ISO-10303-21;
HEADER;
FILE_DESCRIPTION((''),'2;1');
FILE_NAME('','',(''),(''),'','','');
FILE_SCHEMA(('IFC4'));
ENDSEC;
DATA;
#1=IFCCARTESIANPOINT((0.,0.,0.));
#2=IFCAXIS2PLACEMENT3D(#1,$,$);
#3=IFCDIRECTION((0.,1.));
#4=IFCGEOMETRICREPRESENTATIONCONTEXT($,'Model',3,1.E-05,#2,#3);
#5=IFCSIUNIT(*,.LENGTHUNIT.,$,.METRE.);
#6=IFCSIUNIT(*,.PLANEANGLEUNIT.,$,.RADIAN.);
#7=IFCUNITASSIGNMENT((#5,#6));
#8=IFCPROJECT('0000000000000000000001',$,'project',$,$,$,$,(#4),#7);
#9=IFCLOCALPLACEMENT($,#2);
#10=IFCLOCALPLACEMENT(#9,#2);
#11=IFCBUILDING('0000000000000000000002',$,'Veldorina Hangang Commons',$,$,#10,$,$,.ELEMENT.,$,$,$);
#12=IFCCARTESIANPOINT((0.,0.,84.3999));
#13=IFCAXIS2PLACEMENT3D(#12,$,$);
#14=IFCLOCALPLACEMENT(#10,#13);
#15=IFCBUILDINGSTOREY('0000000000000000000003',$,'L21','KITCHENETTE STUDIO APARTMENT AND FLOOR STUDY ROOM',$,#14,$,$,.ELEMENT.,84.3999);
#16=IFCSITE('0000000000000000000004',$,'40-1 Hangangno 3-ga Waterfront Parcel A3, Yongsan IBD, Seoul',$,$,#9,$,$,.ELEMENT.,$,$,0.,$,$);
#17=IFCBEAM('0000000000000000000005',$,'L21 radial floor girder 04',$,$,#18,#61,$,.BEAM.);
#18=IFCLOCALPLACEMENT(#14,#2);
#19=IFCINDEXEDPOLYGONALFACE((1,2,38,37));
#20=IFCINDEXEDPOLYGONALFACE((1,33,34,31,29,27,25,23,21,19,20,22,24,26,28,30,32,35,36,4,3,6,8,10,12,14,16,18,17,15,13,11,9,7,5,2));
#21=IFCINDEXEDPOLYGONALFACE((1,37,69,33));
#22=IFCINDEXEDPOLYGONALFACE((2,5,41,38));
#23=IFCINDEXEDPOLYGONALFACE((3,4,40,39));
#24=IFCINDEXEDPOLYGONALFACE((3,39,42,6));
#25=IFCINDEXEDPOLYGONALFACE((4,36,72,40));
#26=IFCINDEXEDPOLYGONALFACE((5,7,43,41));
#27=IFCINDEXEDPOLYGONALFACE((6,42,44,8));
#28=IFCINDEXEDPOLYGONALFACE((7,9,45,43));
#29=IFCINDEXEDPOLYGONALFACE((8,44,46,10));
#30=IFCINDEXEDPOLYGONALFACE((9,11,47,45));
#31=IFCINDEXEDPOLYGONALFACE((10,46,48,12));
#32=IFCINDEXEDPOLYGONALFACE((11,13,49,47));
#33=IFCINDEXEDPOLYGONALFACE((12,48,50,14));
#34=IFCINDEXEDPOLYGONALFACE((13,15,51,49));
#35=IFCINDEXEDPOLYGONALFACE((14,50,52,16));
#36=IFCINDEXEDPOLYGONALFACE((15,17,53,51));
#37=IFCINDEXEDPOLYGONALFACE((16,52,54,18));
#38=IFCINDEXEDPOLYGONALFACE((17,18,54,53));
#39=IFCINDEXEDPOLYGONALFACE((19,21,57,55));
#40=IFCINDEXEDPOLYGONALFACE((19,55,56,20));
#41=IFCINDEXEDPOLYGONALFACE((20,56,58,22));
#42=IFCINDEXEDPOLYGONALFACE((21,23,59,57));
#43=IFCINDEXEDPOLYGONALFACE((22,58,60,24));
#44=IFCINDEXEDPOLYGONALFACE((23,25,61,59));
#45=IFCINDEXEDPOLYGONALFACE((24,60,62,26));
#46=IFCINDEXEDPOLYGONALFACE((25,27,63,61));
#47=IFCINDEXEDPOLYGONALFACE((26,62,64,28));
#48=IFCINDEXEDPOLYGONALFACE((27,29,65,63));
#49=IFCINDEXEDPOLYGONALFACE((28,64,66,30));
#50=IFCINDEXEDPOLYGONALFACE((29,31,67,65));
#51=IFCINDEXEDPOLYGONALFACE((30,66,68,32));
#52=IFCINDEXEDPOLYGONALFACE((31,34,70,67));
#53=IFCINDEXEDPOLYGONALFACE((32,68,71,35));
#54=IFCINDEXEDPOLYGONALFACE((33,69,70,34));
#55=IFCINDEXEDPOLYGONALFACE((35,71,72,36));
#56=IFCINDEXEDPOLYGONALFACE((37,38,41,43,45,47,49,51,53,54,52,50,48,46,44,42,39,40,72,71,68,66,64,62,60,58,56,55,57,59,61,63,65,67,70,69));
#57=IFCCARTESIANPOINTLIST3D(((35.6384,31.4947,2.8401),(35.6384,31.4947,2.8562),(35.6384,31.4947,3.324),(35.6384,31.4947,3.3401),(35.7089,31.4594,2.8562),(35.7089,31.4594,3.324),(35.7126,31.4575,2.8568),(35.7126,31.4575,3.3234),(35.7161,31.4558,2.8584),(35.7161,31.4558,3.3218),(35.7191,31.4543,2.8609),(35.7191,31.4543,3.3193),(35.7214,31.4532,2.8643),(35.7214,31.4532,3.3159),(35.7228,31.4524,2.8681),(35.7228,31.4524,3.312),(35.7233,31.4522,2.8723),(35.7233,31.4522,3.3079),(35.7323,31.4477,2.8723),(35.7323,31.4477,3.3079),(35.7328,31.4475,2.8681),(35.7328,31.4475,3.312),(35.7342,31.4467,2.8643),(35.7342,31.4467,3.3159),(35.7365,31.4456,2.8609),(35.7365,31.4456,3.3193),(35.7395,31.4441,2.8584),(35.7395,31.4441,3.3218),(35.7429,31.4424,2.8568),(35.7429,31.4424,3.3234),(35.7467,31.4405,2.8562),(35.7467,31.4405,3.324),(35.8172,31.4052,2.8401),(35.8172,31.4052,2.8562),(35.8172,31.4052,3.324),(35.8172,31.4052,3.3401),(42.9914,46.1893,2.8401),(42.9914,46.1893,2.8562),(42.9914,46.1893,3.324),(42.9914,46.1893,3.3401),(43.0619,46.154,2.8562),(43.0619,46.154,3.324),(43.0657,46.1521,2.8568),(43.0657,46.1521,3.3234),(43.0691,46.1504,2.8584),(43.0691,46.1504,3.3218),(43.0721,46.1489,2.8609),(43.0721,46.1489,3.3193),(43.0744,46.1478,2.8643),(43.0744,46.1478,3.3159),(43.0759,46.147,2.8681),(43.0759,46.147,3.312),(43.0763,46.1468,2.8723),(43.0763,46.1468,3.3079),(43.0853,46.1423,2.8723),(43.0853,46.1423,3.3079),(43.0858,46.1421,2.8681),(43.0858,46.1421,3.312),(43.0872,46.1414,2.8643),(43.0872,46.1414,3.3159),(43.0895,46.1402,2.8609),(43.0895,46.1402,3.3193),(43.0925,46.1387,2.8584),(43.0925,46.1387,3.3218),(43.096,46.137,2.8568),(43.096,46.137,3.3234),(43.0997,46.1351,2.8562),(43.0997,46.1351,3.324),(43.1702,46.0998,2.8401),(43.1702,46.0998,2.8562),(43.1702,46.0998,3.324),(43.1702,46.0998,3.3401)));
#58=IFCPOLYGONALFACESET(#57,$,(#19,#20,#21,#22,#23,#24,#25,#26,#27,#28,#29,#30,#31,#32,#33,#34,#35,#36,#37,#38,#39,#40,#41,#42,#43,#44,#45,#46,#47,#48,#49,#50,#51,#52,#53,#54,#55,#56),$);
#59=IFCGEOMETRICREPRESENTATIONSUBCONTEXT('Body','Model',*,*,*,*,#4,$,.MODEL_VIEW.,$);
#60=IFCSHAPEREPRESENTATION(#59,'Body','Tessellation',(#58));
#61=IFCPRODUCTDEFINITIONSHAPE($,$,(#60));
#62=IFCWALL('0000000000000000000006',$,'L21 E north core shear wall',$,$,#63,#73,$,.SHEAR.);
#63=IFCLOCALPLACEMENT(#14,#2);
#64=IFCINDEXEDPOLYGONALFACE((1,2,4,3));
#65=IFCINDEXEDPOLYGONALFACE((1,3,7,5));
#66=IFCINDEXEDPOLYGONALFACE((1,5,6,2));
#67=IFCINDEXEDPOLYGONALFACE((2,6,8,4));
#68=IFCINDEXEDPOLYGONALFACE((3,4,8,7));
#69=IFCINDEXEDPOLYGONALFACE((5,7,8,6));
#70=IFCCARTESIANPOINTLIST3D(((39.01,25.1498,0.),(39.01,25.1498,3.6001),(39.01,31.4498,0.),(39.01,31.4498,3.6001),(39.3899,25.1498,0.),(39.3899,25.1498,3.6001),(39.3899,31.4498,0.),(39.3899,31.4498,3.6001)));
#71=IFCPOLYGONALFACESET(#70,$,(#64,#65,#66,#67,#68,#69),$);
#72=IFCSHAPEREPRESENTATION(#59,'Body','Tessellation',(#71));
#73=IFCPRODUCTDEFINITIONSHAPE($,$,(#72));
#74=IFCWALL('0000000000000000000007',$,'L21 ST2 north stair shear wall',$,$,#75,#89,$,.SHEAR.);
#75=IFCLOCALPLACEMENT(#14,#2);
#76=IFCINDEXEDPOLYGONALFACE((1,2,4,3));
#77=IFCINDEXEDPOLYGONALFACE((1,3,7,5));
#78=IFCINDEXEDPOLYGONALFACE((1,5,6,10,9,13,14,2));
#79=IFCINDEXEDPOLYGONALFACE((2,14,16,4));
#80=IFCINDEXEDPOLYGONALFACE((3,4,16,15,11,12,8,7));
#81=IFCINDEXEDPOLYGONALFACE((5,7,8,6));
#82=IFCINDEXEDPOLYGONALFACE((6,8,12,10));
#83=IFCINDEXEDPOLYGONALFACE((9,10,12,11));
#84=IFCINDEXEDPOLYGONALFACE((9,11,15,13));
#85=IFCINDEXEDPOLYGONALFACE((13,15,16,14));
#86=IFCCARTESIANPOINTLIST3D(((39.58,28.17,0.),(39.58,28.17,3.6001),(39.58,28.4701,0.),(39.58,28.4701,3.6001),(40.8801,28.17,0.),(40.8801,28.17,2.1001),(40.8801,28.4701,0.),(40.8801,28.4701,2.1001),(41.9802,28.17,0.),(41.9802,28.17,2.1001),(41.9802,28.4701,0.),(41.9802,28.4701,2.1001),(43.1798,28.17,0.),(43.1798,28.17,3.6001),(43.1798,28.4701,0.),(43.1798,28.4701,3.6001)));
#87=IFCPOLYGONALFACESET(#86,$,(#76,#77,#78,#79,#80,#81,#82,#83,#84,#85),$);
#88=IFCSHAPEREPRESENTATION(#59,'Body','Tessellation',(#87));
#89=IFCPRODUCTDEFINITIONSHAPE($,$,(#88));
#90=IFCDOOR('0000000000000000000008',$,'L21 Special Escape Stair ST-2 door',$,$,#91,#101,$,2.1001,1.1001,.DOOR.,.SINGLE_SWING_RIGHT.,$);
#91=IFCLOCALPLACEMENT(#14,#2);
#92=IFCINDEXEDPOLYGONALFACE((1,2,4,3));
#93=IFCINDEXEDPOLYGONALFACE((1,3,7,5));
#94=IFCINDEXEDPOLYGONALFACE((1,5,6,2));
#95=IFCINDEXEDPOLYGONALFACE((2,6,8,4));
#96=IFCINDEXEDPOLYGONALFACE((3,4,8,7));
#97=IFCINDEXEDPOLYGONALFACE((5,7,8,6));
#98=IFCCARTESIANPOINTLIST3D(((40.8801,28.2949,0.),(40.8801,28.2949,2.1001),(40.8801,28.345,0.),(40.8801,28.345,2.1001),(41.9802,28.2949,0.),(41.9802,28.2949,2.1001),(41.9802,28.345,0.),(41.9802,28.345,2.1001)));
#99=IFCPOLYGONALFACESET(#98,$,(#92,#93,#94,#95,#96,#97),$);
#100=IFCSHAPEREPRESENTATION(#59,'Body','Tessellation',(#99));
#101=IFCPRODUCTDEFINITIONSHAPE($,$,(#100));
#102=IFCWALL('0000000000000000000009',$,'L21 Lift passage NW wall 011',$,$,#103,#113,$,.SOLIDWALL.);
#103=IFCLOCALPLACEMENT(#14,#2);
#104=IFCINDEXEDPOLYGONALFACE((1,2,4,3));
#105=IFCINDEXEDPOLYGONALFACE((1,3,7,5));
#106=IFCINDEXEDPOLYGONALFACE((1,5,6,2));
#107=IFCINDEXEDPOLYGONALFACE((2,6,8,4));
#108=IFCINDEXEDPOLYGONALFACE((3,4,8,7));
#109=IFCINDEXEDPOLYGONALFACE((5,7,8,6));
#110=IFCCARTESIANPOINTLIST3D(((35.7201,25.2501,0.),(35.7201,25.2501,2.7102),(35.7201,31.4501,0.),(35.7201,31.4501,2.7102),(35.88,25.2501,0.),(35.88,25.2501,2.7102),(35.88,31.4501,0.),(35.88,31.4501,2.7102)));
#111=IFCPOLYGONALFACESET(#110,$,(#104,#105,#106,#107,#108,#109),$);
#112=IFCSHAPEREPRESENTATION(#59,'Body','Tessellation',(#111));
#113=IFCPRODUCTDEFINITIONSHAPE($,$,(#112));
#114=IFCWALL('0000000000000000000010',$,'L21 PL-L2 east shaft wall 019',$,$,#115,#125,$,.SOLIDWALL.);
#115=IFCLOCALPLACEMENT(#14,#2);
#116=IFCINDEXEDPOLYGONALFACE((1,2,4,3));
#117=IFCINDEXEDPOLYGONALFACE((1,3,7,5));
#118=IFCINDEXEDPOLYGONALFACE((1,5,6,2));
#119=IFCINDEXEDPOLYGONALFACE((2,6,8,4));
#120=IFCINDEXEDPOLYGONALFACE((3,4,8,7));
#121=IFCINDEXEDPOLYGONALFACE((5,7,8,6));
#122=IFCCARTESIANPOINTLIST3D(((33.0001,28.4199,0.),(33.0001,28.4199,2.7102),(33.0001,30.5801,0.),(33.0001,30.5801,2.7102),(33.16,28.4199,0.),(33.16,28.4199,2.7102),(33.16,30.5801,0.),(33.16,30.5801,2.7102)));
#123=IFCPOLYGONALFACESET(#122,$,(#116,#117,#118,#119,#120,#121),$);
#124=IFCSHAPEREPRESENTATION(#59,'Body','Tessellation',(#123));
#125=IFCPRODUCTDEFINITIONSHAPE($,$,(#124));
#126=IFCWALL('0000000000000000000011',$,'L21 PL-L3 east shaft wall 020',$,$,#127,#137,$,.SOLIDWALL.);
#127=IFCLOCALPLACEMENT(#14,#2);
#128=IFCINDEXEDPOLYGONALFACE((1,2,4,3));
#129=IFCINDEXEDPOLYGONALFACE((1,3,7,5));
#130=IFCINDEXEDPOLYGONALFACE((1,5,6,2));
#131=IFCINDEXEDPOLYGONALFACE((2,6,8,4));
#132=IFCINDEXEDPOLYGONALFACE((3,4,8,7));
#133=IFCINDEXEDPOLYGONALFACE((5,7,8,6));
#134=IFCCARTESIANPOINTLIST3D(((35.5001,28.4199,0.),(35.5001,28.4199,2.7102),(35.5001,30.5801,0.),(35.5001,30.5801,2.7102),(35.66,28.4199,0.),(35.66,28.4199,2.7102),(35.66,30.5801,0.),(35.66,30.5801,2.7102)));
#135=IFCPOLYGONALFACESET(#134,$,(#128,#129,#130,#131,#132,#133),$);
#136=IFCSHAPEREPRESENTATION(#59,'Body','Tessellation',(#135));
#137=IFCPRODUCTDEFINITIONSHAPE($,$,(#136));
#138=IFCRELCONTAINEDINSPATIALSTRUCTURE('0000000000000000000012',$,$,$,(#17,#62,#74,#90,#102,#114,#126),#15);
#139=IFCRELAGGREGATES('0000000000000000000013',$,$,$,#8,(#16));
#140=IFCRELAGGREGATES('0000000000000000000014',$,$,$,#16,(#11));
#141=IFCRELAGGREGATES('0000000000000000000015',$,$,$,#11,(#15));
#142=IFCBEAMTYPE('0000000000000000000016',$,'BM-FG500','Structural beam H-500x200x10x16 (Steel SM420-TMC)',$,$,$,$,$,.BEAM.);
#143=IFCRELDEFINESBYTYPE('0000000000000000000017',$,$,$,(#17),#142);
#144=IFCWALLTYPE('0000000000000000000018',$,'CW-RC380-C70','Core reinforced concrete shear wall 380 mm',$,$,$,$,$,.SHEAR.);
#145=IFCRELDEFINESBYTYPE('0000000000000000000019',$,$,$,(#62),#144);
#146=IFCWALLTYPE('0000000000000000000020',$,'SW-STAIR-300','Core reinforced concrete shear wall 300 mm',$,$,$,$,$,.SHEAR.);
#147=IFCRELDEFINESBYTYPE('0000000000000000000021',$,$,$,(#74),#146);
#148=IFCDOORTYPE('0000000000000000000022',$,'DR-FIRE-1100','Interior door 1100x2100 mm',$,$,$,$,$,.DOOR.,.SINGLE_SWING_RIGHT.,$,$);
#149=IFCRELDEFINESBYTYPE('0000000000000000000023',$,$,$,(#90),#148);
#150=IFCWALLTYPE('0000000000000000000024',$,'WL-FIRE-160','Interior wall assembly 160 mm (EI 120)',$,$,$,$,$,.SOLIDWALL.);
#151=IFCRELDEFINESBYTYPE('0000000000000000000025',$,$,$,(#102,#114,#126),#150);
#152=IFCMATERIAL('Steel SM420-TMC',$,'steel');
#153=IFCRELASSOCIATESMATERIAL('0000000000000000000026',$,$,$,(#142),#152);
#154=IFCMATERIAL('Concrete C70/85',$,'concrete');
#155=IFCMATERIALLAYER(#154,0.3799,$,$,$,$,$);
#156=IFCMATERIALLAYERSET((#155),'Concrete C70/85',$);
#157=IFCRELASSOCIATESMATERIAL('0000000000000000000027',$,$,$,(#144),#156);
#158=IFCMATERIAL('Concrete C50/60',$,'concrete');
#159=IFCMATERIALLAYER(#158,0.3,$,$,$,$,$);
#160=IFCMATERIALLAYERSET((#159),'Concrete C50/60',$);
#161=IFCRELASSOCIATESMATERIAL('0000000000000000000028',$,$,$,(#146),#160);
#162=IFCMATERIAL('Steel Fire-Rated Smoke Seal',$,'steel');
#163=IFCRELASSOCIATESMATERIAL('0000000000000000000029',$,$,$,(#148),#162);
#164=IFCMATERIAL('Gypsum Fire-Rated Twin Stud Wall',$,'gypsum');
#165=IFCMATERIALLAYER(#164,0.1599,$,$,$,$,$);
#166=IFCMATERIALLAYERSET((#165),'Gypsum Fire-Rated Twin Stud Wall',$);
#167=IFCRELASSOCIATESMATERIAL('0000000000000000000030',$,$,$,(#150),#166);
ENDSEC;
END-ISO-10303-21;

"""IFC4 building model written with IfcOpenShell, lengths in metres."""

from ifc_helpers import new_model, si_unit, direction, frame, frame_2d, origin, origin_2d, place, context, subcontext, project, spatial, rectangle, i_section, extrude, material, layer, layer_set, material_profile, profile_set, type_object, element, fill, save


model = new_model("IFC4")

# Units and contexts
model_context = context("Model", 3, precision=1e-05, world=origin(), true_north=direction((0.0, 1.0)))
body_context = subcontext(model_context, "Body", "Model", "MODEL_VIEW")
ifc_project = project(units=[si_unit("LENGTHUNIT", "METRE"), si_unit("PLANEANGLEUNIT", "RADIAN")], contexts=[model_context])

# Site, building, storey
site_placement = place(None, origin())
site = spatial("IfcSite", under=ifc_project, at=site_placement, Name="40-1 Hangangno 3-ga Waterfront Parcel A3, Yongsan IBD, Seoul", CompositionType="ELEMENT", RefElevation=0.0)
building_placement = place(site_placement, origin())
building = spatial("IfcBuilding", under=site, at=building_placement, Name="Veldorina Hangang Commons", CompositionType="ELEMENT")
storey_placement = place(building_placement, frame((0.0, 0.0, 84.3999)))
storey = spatial("IfcBuildingStorey", under=building, at=storey_placement, Name="L21", Description="KITCHENETTE STUDIO APARTMENT AND FLOOR STUDY ROOM", CompositionType="ELEMENT", Elevation=84.3999)

# Beam
ifc_material_1 = material(Name="Concrete C70/85", Category="concrete")
ifc_material_2 = material(Name="Steel SM420-TMC", Category="steel")
ifc_material_profile_1 = material_profile(ifc_material_2, i_section(OverallWidth=0.2, OverallDepth=0.5, WebThickness=0.01, FlangeThickness=0.0161, FilletRadius=0.0161, at=origin_2d()), Name="H-500x200x10x16")
ifc_profile_set_1 = profile_set([ifc_material_profile_1], Name="Steel SM420-TMC")
beam_type_1 = type_object("IfcBeamType", Name="BM-FG500", Description="Structural beam H-500x200x10x16 (Steel SM420-TMC)", PredefinedType="BEAM", material=ifc_profile_set_1)
beam_1_placement = place(storey_placement, frame((35.7278, 31.45, 3.0901), z_axis=(0.447493, 0.894287, 0.0), x_axis=(-0.894287, 0.447493, 0.0)))
element("IfcBeam", 1, at=beam_1_placement, inside=storey, type_object=beam_type_1, Name="L21 radial floor girder 04", PredefinedType="BEAM", context=body_context, shape_type="SweptSolid", body=[
    extrude(i_section(OverallWidth=0.2, OverallDepth=0.5, WebThickness=0.01, FlangeThickness=0.0161, FilletRadius=0.0161, at=origin_2d()), origin(), (0.0, 0.0, 1.0), 16.4316),
])

# Wall
ifc_layer_1 = layer(ifc_material_1, 0.3799)
ifc_layer_set_1 = layer_set([ifc_layer_1], Name="Concrete C70/85")
wall_type_1 = type_object("IfcWallType", Name="CW-RC380-C70", Description="Core reinforced concrete shear wall 380 mm", PredefinedType="SHEAR", material=ifc_layer_set_1)
wall_1_placement = place(storey_placement, frame((39.2, 25.1499, 0.0), z_axis=(0.0, 0.0, 1.0), x_axis=(0.0, 1.0, 0.0)))
element("IfcWall", 2, at=wall_1_placement, inside=storey, type_object=wall_type_1, Name="L21 E north core shear wall", PredefinedType="SHEAR", context=body_context, shape_type="SweptSolid", body=[
    extrude(rectangle(XDim=6.3, YDim=0.3799, at=frame_2d((3.1499, 0.0))), origin(), (0.0, 0.0, 1.0), 3.6001),
])

# Wall, opening, door
ifc_material_3 = material(Name="Concrete C50/60", Category="concrete")
ifc_layer_2 = layer(ifc_material_3, 0.3)
ifc_layer_set_2 = layer_set([ifc_layer_2], Name="Concrete C50/60")
wall_type_2 = type_object("IfcWallType", Name="SW-STAIR-300", Description="Core reinforced concrete shear wall 300 mm", PredefinedType="SHEAR", material=ifc_layer_set_2)
wall_2_placement = place(storey_placement, frame((39.5801, 28.3201, 0.0), z_axis=(0.0, 0.0, 1.0), x_axis=(1.0, 0.0, 0.0)))
wall_2 = element("IfcWall", 3, at=wall_2_placement, inside=storey, type_object=wall_type_2, Name="L21 ST2 north stair shear wall", PredefinedType="SHEAR", context=body_context, shape_type="SweptSolid", body=[
    extrude(rectangle(XDim=3.5999, YDim=0.3, at=frame_2d((1.7998, 0.0))), origin(), (0.0, 0.0, 1.0), 3.6001),
])
opening_1_placement = place(wall_2_placement, frame((1.3, 0.0, 0.0)))
opening_1 = element("IfcOpeningElement", 4, at=opening_1_placement, cuts=wall_2, PredefinedType="OPENING", context=body_context, shape_type="SweptSolid", body=[
    extrude(rectangle(XDim=1.1001, YDim=2.1001, at=frame_2d((0.55, 1.05))), frame((0.0, 0.1602, 0.0), z_axis=(0.0, -1.0, 0.0), x_axis=(1.0, 0.0, 0.0)), (0.0, 0.0, 1.0), 0.3201),
])
ifc_material_4 = material(Name="Steel Fire-Rated Smoke Seal", Category="steel")
door_type_1 = type_object("IfcDoorType", Name="DR-FIRE-1100", Description="Interior door 1100x2100 mm", OperationType="SINGLE_SWING_RIGHT", PredefinedType="DOOR", material=ifc_material_4)
door_1_placement = place(opening_1_placement, origin())
door_1 = element("IfcDoor", 5, at=door_1_placement, inside=storey, type_object=door_type_1, Name="L21 Special Escape Stair ST-2 door", OperationType="SINGLE_SWING_RIGHT", OverallHeight=2.1001, OverallWidth=1.1001, PredefinedType="DOOR", context=body_context, shape_type="SweptSolid", body=[
    extrude(rectangle(XDim=1.1001, YDim=2.1001, at=frame_2d((0.55, 1.05))), frame((0.0, 0.0249, 0.0), z_axis=(0.0, -1.0, 0.0), x_axis=(1.0, 0.0, 0.0)), (0.0, 0.0, 1.0), 0.05),
])
fill(opening_1, door_1)

# Walls
ifc_material_5 = material(Name="Gypsum Fire-Rated Twin Stud Wall", Category="gypsum")
ifc_layer_3 = layer(ifc_material_5, 0.1599)
ifc_layer_set_3 = layer_set([ifc_layer_3], Name="Gypsum Fire-Rated Twin Stud Wall")
wall_type_3 = type_object("IfcWallType", Name="WL-FIRE-160", Description="Interior wall assembly 160 mm (EI 120)", PredefinedType="SOLIDWALL", material=ifc_layer_set_3)
wall_3_placement = place(storey_placement, frame((35.8, 25.25, 0.0), z_axis=(0.0, 0.0, 1.0), x_axis=(0.0, 1.0, 0.0)))
element("IfcWall", 6, at=wall_3_placement, inside=storey, type_object=wall_type_3, Name="L21 Lift passage NW wall 011", PredefinedType="SOLIDWALL", context=body_context, shape_type="SweptSolid", body=[
    extrude(rectangle(XDim=6.2, YDim=0.1599, at=frame_2d((3.1001, 0.0))), origin(), (0.0, 0.0, 1.0), 2.7102),
])
for number, where, z_axis, x_axis, name in (
    (7, (33.0801, 28.4199, 0.0), (0.0, 0.0, 1.0), (0.0, 1.0, 0.0), "L21 PL-L2 east shaft wall 019"),
    (8, (35.5801, 28.4199, 0.0), (0.0, 0.0, 1.0), (0.0, 1.0, 0.0), "L21 PL-L3 east shaft wall 020"),
):
    element("IfcWall", number, at=place(storey_placement, frame(where, z_axis=z_axis, x_axis=x_axis)), inside=storey, type_object=wall_type_3, Name=name, PredefinedType="SOLIDWALL", context=body_context, shape_type="SweptSolid", body=[
        extrude(rectangle(XDim=2.1602, YDim=0.1599, at=frame_2d((1.0801, 0.0))), origin(), (0.0, 0.0, 1.0), 2.7102),
    ])

save(model, "model.ifc")
